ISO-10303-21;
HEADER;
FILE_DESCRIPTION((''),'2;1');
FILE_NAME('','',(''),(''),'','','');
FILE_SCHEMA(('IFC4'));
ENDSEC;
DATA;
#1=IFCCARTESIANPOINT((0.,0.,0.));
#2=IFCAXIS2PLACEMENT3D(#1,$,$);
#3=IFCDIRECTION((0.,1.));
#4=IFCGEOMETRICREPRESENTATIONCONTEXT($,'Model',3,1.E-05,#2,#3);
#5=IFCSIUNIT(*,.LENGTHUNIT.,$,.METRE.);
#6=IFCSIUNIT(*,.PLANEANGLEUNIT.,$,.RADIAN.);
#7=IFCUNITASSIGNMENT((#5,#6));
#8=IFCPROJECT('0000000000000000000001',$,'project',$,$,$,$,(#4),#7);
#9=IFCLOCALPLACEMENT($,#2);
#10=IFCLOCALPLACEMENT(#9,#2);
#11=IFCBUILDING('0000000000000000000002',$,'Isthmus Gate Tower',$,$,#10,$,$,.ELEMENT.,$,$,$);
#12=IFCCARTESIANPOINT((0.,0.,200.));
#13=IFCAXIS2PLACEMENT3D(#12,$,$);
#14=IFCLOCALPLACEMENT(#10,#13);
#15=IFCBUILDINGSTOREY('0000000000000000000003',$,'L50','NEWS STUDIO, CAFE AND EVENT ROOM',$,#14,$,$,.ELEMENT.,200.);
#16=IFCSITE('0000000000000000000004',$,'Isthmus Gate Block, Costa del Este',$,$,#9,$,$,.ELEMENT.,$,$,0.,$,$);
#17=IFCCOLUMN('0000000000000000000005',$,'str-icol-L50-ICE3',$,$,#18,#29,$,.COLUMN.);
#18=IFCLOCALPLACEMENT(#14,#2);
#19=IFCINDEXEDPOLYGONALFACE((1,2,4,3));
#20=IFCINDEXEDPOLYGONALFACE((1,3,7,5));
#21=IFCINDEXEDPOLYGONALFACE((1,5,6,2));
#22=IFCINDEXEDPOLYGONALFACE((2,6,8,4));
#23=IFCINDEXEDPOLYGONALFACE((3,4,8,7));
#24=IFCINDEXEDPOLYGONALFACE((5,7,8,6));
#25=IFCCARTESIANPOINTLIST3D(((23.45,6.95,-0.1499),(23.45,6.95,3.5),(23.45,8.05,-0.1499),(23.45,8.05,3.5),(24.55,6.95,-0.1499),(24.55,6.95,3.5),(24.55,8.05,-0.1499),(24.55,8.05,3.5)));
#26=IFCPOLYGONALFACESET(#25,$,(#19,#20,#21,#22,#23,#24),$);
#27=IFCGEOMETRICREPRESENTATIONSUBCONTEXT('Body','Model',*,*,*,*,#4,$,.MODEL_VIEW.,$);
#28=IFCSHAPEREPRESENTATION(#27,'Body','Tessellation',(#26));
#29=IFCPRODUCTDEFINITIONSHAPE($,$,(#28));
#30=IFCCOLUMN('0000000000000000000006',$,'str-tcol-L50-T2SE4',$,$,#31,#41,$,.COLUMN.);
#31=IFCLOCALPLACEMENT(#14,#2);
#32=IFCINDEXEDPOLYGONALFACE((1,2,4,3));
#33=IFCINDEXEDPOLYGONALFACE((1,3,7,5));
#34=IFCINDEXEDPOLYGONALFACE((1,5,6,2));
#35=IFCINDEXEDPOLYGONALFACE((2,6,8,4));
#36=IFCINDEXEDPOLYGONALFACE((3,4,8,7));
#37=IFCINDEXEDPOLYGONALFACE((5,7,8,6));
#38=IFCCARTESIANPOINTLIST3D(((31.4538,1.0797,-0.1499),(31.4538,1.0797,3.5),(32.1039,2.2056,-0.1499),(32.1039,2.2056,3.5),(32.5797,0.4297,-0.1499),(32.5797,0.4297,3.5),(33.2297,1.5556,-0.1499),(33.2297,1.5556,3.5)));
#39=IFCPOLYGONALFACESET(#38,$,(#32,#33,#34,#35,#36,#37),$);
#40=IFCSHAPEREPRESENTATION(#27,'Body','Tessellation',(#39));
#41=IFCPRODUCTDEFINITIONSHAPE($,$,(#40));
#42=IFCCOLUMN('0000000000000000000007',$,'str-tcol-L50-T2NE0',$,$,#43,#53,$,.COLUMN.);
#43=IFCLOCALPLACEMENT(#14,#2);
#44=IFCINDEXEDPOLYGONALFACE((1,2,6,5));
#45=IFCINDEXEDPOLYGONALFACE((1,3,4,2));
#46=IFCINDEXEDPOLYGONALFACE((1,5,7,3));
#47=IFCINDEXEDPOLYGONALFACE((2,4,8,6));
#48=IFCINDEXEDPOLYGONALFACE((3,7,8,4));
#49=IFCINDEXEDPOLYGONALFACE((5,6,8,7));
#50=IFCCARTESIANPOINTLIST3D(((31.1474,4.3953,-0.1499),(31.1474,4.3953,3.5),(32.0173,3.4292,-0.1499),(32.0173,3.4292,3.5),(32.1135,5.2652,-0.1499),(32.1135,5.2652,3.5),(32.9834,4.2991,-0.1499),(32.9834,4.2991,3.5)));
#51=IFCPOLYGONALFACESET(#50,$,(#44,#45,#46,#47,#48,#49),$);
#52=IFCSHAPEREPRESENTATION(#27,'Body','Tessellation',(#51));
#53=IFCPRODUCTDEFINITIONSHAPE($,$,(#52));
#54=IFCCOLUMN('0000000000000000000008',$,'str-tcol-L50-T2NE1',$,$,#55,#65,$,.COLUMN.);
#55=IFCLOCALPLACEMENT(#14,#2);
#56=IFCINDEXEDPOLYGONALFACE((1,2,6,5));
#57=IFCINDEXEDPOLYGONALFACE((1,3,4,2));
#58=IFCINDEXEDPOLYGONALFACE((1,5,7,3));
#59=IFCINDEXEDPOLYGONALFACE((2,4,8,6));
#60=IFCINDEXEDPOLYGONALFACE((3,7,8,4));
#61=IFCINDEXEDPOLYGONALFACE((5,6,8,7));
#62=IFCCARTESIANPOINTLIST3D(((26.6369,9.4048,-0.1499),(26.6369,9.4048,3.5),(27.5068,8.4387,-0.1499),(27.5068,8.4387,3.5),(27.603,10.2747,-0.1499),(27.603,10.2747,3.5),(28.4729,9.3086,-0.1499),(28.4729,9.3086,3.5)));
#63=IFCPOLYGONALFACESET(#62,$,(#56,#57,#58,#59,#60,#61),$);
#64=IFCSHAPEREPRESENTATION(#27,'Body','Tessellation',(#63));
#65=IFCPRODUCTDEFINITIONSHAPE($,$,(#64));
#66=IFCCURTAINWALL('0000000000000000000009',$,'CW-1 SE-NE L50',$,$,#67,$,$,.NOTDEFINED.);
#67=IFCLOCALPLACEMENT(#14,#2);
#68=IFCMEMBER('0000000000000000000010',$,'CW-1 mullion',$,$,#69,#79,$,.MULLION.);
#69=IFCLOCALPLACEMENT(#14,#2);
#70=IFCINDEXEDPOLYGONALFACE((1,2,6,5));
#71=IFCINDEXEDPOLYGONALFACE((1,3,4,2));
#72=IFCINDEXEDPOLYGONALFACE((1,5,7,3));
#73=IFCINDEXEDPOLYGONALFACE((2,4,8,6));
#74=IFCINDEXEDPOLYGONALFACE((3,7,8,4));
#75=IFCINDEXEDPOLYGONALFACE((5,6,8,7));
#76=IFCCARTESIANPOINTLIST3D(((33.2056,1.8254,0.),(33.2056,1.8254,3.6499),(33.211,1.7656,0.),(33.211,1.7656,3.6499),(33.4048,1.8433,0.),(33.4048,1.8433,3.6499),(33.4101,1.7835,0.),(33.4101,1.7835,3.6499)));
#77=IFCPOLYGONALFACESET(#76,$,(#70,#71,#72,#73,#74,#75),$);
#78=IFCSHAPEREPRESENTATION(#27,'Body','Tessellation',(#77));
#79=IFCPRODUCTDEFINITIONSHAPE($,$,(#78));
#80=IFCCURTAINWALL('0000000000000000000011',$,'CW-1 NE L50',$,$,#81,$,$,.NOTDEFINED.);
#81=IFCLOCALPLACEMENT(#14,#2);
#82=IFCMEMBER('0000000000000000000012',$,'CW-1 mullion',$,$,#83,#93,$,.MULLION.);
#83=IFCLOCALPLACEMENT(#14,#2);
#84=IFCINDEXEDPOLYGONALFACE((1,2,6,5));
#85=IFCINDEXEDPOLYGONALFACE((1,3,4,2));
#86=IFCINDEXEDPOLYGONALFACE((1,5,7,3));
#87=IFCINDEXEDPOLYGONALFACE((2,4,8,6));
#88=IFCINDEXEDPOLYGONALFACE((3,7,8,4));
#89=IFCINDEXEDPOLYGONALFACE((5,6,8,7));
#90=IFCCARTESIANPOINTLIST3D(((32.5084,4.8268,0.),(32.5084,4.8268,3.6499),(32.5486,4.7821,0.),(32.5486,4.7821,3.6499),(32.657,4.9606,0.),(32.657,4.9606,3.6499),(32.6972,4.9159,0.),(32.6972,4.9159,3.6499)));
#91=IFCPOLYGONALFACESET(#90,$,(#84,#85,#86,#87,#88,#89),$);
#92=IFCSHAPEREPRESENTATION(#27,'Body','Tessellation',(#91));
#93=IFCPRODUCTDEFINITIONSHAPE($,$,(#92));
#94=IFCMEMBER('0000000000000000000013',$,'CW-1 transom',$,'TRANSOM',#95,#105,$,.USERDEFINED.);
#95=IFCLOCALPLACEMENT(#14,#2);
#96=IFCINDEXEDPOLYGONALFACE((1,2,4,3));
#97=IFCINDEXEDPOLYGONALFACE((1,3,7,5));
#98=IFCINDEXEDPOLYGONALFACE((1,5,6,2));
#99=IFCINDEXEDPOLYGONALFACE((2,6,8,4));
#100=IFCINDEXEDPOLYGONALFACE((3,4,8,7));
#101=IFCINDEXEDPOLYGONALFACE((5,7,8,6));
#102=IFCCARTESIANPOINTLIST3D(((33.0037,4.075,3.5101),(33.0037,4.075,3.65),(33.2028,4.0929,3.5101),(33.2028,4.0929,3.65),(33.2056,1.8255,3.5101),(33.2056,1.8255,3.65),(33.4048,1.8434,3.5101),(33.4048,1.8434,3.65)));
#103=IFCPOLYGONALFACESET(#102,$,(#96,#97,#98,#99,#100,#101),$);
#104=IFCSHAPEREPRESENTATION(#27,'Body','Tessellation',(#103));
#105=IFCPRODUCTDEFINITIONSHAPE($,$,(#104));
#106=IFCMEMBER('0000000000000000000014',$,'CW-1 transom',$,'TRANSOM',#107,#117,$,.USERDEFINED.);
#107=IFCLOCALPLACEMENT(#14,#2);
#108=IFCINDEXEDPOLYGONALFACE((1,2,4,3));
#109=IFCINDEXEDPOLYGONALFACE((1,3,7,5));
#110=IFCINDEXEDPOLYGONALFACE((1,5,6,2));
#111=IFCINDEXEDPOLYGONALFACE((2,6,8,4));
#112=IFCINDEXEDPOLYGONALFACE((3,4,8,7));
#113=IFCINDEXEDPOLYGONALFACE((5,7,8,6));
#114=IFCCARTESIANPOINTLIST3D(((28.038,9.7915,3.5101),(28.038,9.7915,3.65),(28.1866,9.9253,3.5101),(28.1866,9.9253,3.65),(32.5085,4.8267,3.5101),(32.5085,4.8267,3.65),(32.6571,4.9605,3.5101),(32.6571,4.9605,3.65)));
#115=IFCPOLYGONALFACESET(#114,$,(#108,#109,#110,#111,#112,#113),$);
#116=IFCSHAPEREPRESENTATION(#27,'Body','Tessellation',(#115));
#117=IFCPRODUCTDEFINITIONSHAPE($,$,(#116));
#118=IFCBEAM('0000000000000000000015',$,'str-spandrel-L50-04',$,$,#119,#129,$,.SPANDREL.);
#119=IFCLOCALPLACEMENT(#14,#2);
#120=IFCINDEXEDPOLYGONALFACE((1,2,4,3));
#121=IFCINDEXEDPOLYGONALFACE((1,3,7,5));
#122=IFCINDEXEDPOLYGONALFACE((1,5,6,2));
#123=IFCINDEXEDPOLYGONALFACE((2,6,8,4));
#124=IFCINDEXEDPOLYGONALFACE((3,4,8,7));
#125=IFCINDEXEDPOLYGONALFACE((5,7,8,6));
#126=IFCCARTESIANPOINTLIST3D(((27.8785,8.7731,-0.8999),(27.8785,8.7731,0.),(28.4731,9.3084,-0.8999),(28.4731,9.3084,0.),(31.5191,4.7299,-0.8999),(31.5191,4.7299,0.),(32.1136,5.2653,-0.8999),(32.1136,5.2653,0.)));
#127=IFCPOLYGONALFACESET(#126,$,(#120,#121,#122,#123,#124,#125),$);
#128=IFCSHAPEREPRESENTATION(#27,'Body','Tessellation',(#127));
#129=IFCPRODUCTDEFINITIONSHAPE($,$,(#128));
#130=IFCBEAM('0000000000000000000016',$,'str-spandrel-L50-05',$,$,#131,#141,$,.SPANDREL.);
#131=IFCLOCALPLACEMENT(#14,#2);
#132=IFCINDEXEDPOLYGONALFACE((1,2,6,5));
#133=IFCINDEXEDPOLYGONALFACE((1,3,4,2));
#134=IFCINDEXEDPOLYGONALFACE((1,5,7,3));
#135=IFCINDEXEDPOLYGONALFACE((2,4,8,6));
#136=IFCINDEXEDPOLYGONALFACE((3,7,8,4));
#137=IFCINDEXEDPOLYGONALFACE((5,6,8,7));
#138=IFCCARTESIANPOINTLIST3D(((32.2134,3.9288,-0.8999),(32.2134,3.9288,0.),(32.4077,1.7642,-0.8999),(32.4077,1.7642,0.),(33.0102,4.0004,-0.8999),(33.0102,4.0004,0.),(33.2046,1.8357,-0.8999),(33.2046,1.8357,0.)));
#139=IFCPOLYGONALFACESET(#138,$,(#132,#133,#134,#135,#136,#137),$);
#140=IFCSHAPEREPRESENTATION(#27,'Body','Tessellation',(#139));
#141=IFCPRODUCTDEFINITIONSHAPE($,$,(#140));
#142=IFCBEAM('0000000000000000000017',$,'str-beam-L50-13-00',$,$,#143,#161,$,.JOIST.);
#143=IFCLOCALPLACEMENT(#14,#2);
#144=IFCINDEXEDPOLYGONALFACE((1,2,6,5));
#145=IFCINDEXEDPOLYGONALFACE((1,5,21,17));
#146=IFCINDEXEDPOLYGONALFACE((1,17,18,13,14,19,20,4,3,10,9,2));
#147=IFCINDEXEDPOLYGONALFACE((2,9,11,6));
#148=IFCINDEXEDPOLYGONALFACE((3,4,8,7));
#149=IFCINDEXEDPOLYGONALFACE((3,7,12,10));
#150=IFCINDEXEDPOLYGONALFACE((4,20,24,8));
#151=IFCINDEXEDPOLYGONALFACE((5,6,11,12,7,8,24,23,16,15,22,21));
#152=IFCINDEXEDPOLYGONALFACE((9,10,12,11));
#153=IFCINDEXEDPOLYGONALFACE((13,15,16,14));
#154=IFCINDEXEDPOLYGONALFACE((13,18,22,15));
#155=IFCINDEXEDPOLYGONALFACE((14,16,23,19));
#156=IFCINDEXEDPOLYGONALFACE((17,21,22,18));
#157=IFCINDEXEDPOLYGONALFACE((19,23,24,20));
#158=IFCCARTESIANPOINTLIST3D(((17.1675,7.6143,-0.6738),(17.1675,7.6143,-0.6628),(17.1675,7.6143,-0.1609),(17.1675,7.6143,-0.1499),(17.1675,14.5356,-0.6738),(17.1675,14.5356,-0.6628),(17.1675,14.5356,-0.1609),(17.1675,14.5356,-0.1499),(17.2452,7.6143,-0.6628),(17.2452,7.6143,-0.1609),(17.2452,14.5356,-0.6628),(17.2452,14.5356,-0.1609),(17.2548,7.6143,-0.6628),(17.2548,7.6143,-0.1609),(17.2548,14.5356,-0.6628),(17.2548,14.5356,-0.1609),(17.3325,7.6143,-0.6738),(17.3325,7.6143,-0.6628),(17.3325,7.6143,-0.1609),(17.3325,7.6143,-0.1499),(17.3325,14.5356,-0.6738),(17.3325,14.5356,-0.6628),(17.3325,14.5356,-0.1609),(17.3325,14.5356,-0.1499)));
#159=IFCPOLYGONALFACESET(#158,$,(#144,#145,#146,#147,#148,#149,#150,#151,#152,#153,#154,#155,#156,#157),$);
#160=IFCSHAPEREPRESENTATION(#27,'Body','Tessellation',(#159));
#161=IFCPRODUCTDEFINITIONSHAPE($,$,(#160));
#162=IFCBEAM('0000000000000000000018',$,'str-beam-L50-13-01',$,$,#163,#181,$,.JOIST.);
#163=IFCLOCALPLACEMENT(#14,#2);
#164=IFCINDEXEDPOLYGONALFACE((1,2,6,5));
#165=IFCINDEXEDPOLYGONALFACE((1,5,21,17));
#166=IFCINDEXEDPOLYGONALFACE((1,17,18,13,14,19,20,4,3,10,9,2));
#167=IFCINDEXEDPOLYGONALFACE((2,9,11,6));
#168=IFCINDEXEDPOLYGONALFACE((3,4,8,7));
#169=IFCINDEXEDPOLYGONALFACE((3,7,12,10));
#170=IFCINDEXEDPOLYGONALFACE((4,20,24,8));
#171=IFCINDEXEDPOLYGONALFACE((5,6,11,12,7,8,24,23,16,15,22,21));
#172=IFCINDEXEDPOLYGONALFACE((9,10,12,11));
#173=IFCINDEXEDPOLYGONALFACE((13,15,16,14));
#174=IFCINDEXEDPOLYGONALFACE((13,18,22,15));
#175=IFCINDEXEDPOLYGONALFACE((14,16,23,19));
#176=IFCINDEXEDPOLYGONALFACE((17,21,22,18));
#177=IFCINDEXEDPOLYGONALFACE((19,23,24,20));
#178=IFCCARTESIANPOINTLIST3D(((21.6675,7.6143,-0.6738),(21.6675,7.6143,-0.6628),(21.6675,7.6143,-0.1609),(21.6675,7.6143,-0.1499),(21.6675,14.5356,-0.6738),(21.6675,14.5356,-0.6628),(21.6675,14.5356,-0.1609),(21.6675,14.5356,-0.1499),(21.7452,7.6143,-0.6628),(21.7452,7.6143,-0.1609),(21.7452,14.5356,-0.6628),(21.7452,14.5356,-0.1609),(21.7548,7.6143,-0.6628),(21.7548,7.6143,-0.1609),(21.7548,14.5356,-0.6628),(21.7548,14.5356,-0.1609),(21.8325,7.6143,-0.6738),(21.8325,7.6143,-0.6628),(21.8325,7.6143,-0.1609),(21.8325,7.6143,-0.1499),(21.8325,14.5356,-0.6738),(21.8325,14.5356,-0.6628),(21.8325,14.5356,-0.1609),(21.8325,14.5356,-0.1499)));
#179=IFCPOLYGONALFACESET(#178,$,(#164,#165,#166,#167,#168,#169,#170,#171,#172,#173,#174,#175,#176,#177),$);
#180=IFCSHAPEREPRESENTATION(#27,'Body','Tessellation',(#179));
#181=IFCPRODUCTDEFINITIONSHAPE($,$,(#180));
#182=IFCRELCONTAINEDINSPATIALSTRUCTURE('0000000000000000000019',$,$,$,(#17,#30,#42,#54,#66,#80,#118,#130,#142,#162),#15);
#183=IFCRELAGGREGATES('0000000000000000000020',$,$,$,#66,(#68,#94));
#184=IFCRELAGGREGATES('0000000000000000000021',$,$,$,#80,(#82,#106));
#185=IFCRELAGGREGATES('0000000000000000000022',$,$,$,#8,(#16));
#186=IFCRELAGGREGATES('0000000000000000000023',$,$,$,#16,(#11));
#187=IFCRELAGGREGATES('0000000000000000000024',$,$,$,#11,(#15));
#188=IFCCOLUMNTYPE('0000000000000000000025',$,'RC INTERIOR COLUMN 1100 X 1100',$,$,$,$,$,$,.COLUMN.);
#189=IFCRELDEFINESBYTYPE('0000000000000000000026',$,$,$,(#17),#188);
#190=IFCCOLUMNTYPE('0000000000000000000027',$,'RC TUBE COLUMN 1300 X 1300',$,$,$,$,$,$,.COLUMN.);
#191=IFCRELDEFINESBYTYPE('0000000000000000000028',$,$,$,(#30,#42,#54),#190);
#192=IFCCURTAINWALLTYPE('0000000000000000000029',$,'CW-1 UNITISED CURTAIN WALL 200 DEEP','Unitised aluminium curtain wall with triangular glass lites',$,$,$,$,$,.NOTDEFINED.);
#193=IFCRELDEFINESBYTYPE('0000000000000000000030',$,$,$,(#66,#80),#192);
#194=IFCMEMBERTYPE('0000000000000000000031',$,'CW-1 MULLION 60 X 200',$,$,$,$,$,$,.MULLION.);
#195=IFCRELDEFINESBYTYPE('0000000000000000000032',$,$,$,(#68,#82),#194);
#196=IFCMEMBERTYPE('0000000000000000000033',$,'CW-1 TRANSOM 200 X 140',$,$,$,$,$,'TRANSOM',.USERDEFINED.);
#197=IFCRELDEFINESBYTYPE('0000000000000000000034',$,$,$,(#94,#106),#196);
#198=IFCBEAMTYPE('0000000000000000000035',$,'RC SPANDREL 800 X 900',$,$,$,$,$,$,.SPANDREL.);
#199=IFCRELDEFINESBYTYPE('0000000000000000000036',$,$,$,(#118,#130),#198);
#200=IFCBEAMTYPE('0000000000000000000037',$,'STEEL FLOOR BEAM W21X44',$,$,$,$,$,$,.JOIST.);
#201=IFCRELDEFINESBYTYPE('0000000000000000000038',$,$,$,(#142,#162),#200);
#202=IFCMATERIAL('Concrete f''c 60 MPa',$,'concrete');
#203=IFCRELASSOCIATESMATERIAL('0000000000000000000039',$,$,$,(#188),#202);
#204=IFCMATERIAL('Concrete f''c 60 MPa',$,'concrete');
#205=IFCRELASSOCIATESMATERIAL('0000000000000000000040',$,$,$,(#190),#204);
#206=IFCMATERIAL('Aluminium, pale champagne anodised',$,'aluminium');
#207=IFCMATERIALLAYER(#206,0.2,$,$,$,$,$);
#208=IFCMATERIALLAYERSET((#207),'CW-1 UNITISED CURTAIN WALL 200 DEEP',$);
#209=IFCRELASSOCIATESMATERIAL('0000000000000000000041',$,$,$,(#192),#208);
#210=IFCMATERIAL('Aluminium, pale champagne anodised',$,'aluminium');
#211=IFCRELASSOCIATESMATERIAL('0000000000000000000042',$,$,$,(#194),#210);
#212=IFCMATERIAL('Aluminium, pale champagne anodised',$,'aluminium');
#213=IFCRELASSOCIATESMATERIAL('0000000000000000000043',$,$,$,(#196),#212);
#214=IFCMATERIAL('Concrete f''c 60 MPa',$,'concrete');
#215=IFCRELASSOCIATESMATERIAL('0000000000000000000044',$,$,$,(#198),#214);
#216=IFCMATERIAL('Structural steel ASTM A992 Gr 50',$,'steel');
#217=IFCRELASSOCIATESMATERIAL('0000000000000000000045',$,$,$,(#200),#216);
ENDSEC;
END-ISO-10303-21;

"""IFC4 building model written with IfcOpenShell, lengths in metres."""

from ifc_helpers import new_model, si_unit, direction, frame, origin, origin_2d, place, context, subcontext, project, spatial, rectangle, i_section, extrude, material, layer, layer_set, material_profile, profile_set, type_object, element, aggregate, save


model = new_model("IFC4")

# Units and contexts
model_context = context("Model", 3, precision=1e-05, world=origin(), true_north=direction((0.0, 1.0)))
body_context = subcontext(model_context, "Body", "Model", "MODEL_VIEW")
ifc_project = project(units=[si_unit("LENGTHUNIT", "METRE"), si_unit("PLANEANGLEUNIT", "RADIAN")], contexts=[model_context])

# Site, building, storey
site_placement = place(None, origin())
site = spatial("IfcSite", under=ifc_project, at=site_placement, Name="Isthmus Gate Block, Costa del Este", CompositionType="ELEMENT", RefElevation=0.0)
building_placement = place(site_placement, origin())
building = spatial("IfcBuilding", under=site, at=building_placement, Name="Isthmus Gate Tower", CompositionType="ELEMENT")
storey_placement = place(building_placement, frame((0.0, 0.0, 200.0)))
storey = spatial("IfcBuildingStorey", under=building, at=storey_placement, Name="L50", Description="NEWS STUDIO, CAFE AND EVENT ROOM", CompositionType="ELEMENT", Elevation=200.0)

# Columns
ifc_material_1 = material(Name="Concrete f'c 60 MPa", Category="concrete")
ifc_material_profile_1 = material_profile(ifc_material_1, rectangle(XDim=1.1001, YDim=1.1001, at=origin_2d()), Name="RC 1100X1100")
ifc_profile_set_1 = profile_set([ifc_material_profile_1], Name="Concrete f'c 60 MPa")
column_type_1 = type_object("IfcColumnType", Name="RC INTERIOR COLUMN 1100 X 1100", PredefinedType="COLUMN", material=ifc_profile_set_1)
column_placement = place(storey_placement, frame((24.0, 7.5, -0.1499), z_axis=(0.0, 0.0, 1.0), x_axis=(1.0, 0.0, 0.0)))
element("IfcColumn", 1, at=column_placement, inside=storey, type_object=column_type_1, Name="str-icol-L50-ICE3", PredefinedType="COLUMN", context=body_context, shape_type="SweptSolid", body=[
    extrude(rectangle(XDim=1.1001, YDim=1.1001, at=origin_2d()), origin(), (0.0, 0.0, 1.0), 3.6499),
])
ifc_material_2 = material(Name="Concrete f'c 60 MPa", Category="concrete")
ifc_material_profile_2 = material_profile(ifc_material_2, rectangle(XDim=1.3, YDim=1.3, at=origin_2d()), Name="RC 1300X1300")
ifc_profile_set_2 = profile_set([ifc_material_profile_2], Name="Concrete f'c 60 MPa")
column_type_2 = type_object("IfcColumnType", Name="RC TUBE COLUMN 1300 X 1300", PredefinedType="COLUMN", material=ifc_profile_set_2)
for number, where, z_axis, x_axis, name in (
    (2, (32.3418, 1.3176, -0.1499), (0.0, 0.0, 1.0), (0.5, 0.866025, 0.0), "str-tcol-L50-T2SE4"),
    (3, (32.0654, 4.3472, -0.1499), (0.0, 0.0, 1.0), (-0.669131, 0.743145, 0.0), "str-tcol-L50-T2NE0"),
    (4, (27.5549, 9.3567, -0.1499), (0.0, 0.0, 1.0), (-0.669131, 0.743145, 0.0), "str-tcol-L50-T2NE1"),
):
    element("IfcColumn", number, at=place(storey_placement, frame(where, z_axis=z_axis, x_axis=x_axis)), inside=storey, type_object=column_type_2, Name=name, PredefinedType="COLUMN", context=body_context, shape_type="SweptSolid", body=[
        extrude(rectangle(XDim=1.3, YDim=1.3, at=origin_2d()), origin(), (0.0, 0.0, 1.0), 3.6499),
    ])

# Curtain walls, members
ifc_material_3 = material(Name="Aluminium, pale champagne anodised", Category="aluminium")
ifc_layer_1 = layer(ifc_material_3, 0.2)
ifc_layer_set_1 = layer_set([ifc_layer_1], Name="CW-1 UNITISED CURTAIN WALL 200 DEEP")
curtain_wall_type = type_object("IfcCurtainWallType", Name="CW-1 UNITISED CURTAIN WALL 200 DEEP", Description="Unitised aluminium curtain wall with triangular glass lites", PredefinedType="NOTDEFINED", material=ifc_layer_set_1)
curtain_wall_1_placement = place(storey_placement, origin())
curtain_wall_1 = element("IfcCurtainWall", 5, at=curtain_wall_1_placement, inside=storey, type_object=curtain_wall_type, Name="CW-1 SE-NE L50", PredefinedType="NOTDEFINED")
ifc_material_4 = material(Name="Aluminium, pale champagne anodised", Category="aluminium")
ifc_material_profile_3 = material_profile(ifc_material_4, rectangle(XDim=0.0601, YDim=0.2, at=origin_2d()), Name="60x200")
ifc_profile_set_3 = profile_set([ifc_material_profile_3], Name="Aluminium, pale champagne anodised")
member_type_1 = type_object("IfcMemberType", Name="CW-1 MULLION 60 X 200", PredefinedType="MULLION", material=ifc_profile_set_3)
member_1_placement = place(storey_placement, frame((33.3079, 1.8044, 0.0), z_axis=(0.0, 0.0, 1.0), x_axis=(-0.089397, 0.995996, 0.0)))
member_1 = element("IfcMember", 6, at=member_1_placement, type_object=member_type_1, Name="CW-1 mullion", PredefinedType="MULLION", context=body_context, shape_type="SweptSolid", body=[
    extrude(rectangle(XDim=0.0601, YDim=0.2, at=origin_2d()), origin(), (0.0, 0.0, 1.0), 3.6499),
])
curtain_wall_2_placement = place(storey_placement, origin())
curtain_wall_2 = element("IfcCurtainWall", 7, at=curtain_wall_2_placement, inside=storey, type_object=curtain_wall_type, Name="CW-1 NE L50", PredefinedType="NOTDEFINED")
member_2_placement = place(storey_placement, frame((32.6028, 4.8713, 0.0), z_axis=(0.0, 0.0, 1.0), x_axis=(-0.669131, 0.743145, 0.0)))
member_2 = element("IfcMember", 8, at=member_2_placement, type_object=member_type_1, Name="CW-1 mullion", PredefinedType="MULLION", context=body_context, shape_type="SweptSolid", body=[
    extrude(rectangle(XDim=0.0601, YDim=0.2, at=origin_2d()), origin(), (0.0, 0.0, 1.0), 3.6499),
])

# Members
ifc_material_5 = material(Name="Aluminium, pale champagne anodised", Category="aluminium")
ifc_material_profile_4 = material_profile(ifc_material_5, rectangle(XDim=0.2, YDim=0.1399, at=origin_2d()), Name="200x140")
ifc_profile_set_4 = profile_set([ifc_material_profile_4], Name="Aluminium, pale champagne anodised")
member_type_2 = type_object("IfcMemberType", Name="CW-1 TRANSOM 200 X 140", ElementType="TRANSOM", PredefinedType="USERDEFINED", material=ifc_profile_set_4)
member_3_placement = place(storey_placement, frame((33.3052, 1.8345, 3.5801), z_axis=(-0.089395, 0.995996, 0.0), x_axis=(-0.995996, -0.089395, 0.0)))
member_3 = element("IfcMember", 9, at=member_3_placement, type_object=member_type_2, Name="CW-1 transom", ObjectType="TRANSOM", PredefinedType="USERDEFINED", context=body_context, shape_type="SweptSolid", body=[
    extrude(rectangle(XDim=0.2, YDim=0.1399, at=origin_2d()), origin(), (0.0, 0.0, 1.0), 2.2585),
])
member_4_placement = place(storey_placement, frame((32.5828, 4.8936, 3.5801), z_axis=(-0.669138, 0.743138, 0.0), x_axis=(-0.743138, -0.669138, 0.0)))
member_4 = element("IfcMember", 10, at=member_4_placement, type_object=member_type_2, Name="CW-1 transom", ObjectType="TRANSOM", PredefinedType="USERDEFINED", context=body_context, shape_type="SweptSolid", body=[
    extrude(rectangle(XDim=0.2, YDim=0.1399, at=origin_2d()), origin(), (0.0, 0.0, 1.0), 6.6809),
])

# Beams
ifc_material_6 = material(Name="Concrete f'c 60 MPa", Category="concrete")
ifc_material_profile_5 = material_profile(ifc_material_6, rectangle(XDim=0.8, YDim=0.8999, at=origin_2d()), Name="RC 800X900")
ifc_profile_set_5 = profile_set([ifc_material_profile_5], Name="Concrete f'c 60 MPa")
beam_type_1 = type_object("IfcBeamType", Name="RC SPANDREL 800 X 900", PredefinedType="SPANDREL", material=ifc_profile_set_5)
beam_1_placement = place(storey_placement, frame((28.1758, 9.0408, -0.45), z_axis=(0.669141, -0.743136, 0.0), x_axis=(0.743136, 0.669141, 0.0)))
element("IfcBeam", 11, at=beam_1_placement, inside=storey, type_object=beam_type_1, Name="str-spandrel-L50-04", PredefinedType="SPANDREL", context=body_context, shape_type="SweptSolid", body=[
    extrude(rectangle(XDim=0.8, YDim=0.8999, at=origin_2d()), origin(), (0.0, 0.0, 1.0), 5.4407),
])
beam_2_placement = place(storey_placement, frame((32.6118, 3.9646, -0.45), z_axis=(0.089422, -0.995994, 0.0), x_axis=(0.995994, 0.089422, 0.0)))
element("IfcBeam", 12, at=beam_2_placement, inside=storey, type_object=beam_type_1, Name="str-spandrel-L50-05", PredefinedType="SPANDREL", context=body_context, shape_type="SweptSolid", body=[
    extrude(rectangle(XDim=0.8, YDim=0.8999, at=origin_2d()), origin(), (0.0, 0.0, 1.0), 2.1733),
])
ifc_material_7 = material(Name="Structural steel ASTM A992 Gr 50", Category="steel")
ifc_material_profile_6 = material_profile(ifc_material_7, i_section(OverallWidth=0.165, OverallDepth=0.5239, WebThickness=0.0095, FlangeThickness=0.011, at=origin_2d()), Name="W21X44")
ifc_profile_set_6 = profile_set([ifc_material_profile_6], Name="Structural steel ASTM A992 Gr 50")
beam_type_2 = type_object("IfcBeamType", Name="STEEL FLOOR BEAM W21X44", PredefinedType="JOIST", material=ifc_profile_set_6)
for number, where, z_axis, x_axis, name in (
    (13, (17.25, 7.6143, -0.4119), (0.0, 1.0, 0.0), (-1.0, 0.0, 0.0), "str-beam-L50-13-00"),
    (14, (21.75, 7.6143, -0.4119), (0.0, 1.0, 0.0), (-1.0, 0.0, 0.0), "str-beam-L50-13-01"),
):
    element("IfcBeam", number, at=place(storey_placement, frame(where, z_axis=z_axis, x_axis=x_axis)), inside=storey, type_object=beam_type_2, Name=name, PredefinedType="JOIST", context=body_context, shape_type="SweptSolid", body=[
        extrude(i_section(OverallWidth=0.165, OverallDepth=0.5239, WebThickness=0.0095, FlangeThickness=0.011, at=origin_2d()), origin(), (0.0, 0.0, 1.0), 6.9214),
    ])

aggregate(curtain_wall_1, [member_1, member_3])

aggregate(curtain_wall_2, [member_2, member_4])

save(model, "model.ifc")
